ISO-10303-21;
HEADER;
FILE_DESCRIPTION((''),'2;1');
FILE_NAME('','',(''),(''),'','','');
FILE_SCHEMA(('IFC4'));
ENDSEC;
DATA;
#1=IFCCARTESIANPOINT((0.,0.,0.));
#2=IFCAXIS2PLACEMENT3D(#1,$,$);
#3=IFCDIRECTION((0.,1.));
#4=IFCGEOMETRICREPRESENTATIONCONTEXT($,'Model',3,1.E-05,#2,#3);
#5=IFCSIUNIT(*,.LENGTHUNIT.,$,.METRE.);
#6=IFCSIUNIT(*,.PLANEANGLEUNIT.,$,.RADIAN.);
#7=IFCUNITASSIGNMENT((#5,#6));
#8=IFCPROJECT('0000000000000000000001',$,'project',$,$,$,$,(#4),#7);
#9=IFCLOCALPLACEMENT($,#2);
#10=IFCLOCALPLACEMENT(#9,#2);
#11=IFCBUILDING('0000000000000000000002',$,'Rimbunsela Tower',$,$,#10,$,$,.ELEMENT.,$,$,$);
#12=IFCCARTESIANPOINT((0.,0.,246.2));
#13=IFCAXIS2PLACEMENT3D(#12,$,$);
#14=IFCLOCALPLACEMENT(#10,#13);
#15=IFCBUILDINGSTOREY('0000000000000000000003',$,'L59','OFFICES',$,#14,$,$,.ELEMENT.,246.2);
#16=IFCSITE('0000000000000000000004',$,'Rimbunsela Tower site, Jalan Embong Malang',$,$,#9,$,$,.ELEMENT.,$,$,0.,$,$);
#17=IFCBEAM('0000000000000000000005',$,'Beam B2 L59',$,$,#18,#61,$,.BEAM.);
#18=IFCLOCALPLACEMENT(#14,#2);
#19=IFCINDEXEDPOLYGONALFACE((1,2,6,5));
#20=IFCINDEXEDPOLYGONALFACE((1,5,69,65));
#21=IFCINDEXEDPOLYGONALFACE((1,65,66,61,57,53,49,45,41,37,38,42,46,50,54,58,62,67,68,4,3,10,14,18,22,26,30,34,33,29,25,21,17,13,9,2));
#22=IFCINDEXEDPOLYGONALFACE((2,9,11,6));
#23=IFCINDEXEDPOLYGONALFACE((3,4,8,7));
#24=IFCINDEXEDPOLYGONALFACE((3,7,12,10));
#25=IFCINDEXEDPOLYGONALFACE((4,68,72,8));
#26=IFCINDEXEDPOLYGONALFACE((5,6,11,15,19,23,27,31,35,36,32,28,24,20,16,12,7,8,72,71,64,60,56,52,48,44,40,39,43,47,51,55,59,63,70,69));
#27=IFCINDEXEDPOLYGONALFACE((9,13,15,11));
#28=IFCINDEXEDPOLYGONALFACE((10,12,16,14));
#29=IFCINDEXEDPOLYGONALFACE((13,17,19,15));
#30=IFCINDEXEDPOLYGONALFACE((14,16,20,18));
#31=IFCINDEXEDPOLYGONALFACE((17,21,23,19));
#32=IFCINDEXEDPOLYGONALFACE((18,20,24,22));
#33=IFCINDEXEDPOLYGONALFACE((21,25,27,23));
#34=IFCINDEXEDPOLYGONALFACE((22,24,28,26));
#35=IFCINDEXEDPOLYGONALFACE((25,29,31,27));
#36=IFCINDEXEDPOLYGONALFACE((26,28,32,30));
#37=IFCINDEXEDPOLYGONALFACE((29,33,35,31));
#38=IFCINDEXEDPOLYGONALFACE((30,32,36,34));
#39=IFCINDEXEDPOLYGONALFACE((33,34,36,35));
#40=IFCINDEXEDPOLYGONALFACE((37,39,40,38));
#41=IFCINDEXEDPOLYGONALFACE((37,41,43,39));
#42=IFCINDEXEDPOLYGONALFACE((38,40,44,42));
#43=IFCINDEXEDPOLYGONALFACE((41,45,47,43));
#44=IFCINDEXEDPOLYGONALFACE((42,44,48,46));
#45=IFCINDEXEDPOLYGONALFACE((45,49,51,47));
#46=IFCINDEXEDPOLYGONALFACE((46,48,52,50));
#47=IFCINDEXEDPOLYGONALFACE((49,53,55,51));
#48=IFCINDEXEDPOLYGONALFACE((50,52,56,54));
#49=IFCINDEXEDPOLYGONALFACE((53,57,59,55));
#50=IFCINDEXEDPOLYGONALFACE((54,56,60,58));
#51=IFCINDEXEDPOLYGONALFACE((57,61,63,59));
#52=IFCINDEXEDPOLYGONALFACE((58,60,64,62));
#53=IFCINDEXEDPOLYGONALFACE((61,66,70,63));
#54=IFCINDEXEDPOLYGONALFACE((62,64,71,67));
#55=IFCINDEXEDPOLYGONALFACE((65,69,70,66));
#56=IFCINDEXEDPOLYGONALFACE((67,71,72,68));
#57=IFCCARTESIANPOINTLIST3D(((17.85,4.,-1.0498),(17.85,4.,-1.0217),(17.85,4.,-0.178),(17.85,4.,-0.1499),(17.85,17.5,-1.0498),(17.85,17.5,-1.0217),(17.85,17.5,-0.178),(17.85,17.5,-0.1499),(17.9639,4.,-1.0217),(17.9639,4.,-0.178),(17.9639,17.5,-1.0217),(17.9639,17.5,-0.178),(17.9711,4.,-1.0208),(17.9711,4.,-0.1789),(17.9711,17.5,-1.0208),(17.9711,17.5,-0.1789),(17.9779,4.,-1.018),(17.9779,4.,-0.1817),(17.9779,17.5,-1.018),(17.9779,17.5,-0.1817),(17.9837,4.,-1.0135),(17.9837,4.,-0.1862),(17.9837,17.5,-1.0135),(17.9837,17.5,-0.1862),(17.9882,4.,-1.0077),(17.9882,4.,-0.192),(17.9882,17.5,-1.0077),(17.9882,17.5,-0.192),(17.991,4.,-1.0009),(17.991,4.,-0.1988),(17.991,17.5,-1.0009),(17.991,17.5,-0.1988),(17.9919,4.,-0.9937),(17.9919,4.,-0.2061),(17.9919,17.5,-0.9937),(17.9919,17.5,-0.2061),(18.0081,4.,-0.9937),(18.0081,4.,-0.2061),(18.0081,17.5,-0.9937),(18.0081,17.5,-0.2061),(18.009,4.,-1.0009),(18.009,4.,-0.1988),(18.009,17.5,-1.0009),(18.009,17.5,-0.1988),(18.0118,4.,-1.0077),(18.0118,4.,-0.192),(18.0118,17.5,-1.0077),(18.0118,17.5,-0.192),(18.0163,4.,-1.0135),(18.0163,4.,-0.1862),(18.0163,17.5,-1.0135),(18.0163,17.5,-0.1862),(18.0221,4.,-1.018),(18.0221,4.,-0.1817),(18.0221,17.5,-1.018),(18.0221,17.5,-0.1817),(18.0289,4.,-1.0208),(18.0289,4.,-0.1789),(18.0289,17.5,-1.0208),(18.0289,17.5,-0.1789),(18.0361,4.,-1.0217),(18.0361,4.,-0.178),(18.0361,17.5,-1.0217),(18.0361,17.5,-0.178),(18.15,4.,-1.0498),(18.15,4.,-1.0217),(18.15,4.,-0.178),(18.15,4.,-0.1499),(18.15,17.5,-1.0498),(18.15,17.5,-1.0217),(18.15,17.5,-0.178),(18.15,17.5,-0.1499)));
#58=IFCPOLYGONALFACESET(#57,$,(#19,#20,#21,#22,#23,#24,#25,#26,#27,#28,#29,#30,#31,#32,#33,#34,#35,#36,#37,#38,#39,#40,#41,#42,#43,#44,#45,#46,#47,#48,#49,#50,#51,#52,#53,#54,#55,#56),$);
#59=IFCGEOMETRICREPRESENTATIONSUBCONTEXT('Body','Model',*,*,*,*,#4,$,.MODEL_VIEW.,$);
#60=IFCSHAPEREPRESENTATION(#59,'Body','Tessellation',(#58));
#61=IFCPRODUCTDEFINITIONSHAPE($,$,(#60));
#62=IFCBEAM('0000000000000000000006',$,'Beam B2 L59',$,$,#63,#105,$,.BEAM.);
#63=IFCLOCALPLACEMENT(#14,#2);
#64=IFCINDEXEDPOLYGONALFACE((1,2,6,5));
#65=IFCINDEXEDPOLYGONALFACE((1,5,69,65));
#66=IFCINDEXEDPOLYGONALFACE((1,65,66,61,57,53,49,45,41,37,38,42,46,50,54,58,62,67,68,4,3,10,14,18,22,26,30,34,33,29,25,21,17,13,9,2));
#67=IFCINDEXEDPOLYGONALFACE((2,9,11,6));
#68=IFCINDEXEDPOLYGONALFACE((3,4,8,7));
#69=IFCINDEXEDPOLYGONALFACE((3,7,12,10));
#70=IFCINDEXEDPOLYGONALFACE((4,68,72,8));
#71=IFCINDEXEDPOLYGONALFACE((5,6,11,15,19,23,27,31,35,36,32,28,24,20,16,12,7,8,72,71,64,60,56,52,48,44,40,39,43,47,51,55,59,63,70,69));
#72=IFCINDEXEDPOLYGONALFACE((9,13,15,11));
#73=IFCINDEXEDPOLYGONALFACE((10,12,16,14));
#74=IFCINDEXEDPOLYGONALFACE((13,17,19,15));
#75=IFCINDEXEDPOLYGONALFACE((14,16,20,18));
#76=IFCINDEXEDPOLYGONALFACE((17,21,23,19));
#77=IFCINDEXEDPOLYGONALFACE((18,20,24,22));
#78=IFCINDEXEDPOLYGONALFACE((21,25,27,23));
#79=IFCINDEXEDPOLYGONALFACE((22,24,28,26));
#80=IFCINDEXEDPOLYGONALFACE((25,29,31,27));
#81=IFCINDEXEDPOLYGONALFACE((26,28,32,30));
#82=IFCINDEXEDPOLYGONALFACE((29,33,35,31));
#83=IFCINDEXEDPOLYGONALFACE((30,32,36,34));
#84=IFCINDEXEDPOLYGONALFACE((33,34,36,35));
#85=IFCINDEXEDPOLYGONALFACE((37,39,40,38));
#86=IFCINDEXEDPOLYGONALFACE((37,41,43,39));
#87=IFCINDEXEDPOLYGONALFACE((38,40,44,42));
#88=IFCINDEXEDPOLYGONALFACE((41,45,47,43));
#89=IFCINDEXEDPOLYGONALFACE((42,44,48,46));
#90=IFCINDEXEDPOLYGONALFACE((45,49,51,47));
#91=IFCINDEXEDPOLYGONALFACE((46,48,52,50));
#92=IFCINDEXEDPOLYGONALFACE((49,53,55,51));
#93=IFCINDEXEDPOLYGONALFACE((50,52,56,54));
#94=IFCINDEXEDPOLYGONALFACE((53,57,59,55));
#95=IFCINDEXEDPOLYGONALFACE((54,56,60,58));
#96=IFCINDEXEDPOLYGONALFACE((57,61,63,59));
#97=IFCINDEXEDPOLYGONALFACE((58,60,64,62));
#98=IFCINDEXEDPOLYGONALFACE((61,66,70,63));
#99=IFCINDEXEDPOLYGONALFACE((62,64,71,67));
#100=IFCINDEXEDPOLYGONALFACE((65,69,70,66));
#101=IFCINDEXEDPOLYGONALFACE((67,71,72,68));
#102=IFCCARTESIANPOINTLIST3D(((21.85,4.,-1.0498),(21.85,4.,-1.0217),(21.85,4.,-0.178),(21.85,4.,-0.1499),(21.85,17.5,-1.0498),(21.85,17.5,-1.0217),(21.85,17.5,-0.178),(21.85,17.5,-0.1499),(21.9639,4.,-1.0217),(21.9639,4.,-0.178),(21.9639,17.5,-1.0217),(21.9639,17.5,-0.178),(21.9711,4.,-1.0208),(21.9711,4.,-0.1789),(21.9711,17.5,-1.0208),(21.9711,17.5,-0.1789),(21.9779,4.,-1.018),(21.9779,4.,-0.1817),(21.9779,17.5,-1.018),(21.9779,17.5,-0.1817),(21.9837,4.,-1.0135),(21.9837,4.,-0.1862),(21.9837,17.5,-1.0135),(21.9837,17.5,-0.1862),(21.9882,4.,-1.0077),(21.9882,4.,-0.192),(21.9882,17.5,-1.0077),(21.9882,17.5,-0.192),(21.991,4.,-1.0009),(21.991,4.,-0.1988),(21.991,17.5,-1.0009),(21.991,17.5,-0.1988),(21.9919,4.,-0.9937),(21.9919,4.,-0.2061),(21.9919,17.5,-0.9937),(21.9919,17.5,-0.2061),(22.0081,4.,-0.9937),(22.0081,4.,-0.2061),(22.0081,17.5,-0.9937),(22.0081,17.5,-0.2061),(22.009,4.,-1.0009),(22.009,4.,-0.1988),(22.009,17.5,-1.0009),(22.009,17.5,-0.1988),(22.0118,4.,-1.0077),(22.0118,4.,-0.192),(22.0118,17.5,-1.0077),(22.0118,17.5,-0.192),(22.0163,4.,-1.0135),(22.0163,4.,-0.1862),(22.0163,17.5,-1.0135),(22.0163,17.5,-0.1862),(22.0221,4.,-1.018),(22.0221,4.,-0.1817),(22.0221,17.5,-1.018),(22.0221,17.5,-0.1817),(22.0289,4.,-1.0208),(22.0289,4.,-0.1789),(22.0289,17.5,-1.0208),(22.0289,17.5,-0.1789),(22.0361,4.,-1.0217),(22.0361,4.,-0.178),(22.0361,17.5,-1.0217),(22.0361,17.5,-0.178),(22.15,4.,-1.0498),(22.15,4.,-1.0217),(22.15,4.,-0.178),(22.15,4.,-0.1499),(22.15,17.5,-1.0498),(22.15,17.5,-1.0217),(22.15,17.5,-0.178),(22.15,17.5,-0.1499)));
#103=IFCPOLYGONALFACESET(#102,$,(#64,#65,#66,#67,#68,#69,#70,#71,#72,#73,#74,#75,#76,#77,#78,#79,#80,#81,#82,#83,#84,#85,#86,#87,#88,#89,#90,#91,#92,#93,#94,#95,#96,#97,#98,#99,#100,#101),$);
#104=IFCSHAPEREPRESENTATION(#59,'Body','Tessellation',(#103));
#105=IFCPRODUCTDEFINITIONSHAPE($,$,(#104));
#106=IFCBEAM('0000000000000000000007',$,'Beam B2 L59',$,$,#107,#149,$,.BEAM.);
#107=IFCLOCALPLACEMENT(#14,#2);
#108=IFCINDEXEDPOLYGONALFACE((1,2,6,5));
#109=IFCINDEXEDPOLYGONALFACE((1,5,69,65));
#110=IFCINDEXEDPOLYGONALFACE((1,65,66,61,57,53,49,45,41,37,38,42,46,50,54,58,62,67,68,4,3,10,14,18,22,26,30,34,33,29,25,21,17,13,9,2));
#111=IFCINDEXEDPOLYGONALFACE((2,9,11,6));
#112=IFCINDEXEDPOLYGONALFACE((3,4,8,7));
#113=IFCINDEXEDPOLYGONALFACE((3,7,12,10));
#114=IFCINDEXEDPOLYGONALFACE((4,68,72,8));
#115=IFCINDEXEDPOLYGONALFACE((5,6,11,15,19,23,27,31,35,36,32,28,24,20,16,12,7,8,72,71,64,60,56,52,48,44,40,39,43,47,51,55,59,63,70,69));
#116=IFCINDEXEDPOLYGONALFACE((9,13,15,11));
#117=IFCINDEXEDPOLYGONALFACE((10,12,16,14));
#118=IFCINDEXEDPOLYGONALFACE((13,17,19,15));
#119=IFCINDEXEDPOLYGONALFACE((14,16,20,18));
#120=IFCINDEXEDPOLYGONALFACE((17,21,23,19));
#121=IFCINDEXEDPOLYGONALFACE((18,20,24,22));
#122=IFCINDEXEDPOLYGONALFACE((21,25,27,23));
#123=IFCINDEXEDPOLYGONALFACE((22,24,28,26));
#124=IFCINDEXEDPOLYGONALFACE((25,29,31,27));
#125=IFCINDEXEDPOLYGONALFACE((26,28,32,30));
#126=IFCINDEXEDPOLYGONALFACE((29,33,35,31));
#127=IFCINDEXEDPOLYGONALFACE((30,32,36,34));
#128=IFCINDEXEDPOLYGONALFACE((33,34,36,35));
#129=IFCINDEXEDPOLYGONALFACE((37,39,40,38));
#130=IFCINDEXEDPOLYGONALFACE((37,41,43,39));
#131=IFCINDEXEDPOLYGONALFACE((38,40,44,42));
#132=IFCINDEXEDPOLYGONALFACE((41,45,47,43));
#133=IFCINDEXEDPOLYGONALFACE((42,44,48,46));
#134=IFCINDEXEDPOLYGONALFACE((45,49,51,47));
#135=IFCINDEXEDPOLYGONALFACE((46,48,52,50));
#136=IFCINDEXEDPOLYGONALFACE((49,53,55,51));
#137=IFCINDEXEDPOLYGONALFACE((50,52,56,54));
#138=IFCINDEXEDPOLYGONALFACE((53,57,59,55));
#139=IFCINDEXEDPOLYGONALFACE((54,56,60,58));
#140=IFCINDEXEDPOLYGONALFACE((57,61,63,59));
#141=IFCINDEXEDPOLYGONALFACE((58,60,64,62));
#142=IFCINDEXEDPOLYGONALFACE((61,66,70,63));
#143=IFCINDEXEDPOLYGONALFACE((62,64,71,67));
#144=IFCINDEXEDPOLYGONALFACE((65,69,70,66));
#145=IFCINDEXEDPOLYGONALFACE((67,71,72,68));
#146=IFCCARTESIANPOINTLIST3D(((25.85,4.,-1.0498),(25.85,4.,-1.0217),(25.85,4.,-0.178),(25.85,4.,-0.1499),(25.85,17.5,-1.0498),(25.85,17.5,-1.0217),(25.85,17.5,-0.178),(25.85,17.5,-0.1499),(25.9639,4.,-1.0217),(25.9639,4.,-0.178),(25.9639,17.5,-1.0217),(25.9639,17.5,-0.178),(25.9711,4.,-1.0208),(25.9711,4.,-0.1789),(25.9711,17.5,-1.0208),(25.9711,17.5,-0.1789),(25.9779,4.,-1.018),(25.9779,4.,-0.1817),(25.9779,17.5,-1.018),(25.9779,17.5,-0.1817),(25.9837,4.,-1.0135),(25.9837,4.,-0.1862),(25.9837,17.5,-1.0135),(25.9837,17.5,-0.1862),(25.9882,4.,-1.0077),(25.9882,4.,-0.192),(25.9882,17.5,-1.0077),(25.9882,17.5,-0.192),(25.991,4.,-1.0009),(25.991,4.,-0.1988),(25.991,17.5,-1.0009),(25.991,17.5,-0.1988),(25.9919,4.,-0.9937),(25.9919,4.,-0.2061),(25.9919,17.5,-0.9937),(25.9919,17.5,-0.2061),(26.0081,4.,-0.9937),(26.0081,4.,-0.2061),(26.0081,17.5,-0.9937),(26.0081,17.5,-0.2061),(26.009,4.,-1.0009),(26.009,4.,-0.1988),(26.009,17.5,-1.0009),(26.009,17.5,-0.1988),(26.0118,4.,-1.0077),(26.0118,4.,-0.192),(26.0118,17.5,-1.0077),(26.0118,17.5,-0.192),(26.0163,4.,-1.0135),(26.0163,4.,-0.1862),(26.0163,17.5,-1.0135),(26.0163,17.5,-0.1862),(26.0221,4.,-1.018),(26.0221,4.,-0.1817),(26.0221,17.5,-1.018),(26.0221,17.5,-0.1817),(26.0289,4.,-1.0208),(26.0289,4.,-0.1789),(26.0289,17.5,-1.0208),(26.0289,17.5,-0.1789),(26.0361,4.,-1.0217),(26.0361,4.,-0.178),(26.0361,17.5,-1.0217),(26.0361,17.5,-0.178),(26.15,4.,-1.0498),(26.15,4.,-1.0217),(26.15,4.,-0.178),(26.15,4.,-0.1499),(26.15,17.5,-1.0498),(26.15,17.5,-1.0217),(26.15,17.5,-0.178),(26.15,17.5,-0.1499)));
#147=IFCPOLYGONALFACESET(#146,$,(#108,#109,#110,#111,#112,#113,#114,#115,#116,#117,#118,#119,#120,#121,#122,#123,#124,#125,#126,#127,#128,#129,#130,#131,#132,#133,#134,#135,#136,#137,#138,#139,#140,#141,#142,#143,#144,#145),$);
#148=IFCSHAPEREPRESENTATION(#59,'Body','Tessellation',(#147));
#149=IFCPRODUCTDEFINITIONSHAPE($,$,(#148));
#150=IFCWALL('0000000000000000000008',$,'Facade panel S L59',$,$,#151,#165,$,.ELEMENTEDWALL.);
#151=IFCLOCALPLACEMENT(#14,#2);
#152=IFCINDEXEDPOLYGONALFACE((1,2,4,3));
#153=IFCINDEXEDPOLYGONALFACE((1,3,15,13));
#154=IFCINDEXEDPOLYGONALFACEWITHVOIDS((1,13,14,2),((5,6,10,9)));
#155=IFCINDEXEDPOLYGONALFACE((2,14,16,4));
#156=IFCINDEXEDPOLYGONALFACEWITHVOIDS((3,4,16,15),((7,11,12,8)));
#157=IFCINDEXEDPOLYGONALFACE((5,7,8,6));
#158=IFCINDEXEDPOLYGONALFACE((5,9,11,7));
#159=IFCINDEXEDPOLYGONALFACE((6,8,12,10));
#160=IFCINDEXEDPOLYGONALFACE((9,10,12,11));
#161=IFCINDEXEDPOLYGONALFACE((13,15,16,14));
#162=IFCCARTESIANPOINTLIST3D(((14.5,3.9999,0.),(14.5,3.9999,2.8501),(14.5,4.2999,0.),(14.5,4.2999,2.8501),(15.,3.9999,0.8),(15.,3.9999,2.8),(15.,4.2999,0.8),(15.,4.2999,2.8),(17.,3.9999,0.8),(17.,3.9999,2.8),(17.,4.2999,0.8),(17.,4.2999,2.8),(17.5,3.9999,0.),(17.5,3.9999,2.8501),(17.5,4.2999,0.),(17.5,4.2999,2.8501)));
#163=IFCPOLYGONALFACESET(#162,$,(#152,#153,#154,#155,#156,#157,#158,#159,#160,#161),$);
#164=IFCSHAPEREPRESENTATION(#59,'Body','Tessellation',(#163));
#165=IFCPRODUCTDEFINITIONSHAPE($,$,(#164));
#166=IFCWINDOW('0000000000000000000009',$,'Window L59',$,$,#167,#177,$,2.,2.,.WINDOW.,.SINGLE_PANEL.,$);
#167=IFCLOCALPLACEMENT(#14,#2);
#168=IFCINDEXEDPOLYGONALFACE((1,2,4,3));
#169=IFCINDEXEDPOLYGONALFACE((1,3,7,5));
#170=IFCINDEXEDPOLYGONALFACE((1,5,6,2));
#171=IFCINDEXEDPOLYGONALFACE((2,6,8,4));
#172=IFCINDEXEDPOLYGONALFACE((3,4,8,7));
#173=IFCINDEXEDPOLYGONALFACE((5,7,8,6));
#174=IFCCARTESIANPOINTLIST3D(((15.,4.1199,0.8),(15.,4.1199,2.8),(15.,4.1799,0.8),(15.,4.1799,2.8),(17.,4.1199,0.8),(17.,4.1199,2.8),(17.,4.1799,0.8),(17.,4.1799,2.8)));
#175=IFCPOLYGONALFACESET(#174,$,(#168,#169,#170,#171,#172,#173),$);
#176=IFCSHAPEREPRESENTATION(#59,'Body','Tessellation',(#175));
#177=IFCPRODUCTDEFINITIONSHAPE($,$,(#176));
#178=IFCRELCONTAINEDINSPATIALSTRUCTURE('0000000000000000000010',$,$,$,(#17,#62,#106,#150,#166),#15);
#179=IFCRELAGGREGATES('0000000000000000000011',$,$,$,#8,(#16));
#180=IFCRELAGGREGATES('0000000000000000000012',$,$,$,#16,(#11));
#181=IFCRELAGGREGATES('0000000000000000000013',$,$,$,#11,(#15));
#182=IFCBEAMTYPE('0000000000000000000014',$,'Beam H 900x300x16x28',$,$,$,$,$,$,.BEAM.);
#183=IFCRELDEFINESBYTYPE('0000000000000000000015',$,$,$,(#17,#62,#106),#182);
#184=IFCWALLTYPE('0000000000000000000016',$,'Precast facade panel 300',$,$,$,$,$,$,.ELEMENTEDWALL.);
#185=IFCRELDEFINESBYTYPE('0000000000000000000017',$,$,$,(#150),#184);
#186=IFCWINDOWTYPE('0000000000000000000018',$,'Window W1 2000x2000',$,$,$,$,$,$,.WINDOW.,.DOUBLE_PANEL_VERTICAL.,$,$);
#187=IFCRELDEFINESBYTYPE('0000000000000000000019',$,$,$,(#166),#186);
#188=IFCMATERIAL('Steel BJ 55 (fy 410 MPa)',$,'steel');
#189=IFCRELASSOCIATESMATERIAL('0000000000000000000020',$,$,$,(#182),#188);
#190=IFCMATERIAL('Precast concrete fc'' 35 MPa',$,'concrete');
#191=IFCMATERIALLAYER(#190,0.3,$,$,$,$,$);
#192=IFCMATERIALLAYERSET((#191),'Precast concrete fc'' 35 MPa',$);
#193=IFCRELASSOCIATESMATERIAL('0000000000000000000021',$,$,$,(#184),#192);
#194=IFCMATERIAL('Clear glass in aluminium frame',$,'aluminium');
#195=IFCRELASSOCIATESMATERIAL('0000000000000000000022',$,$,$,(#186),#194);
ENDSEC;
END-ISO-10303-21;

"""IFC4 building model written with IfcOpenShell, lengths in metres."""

from ifc_helpers import new_model, si_unit, direction, frame, frame_2d, origin, origin_2d, place, context, subcontext, project, spatial, rectangle, i_section, extrude, material, layer, layer_set, material_profile, profile_set, type_object, element, fill, save


model = new_model("IFC4")

# Units and contexts
model_context = context("Model", 3, precision=1e-05, world=origin(), true_north=direction((0.0, 1.0)))
body_context = subcontext(model_context, "Body", "Model", "MODEL_VIEW")
ifc_project = project(units=[si_unit("LENGTHUNIT", "METRE"), si_unit("PLANEANGLEUNIT", "RADIAN")], contexts=[model_context])

# Site, building, storey
site_placement = place(None, origin())
site = spatial("IfcSite", under=ifc_project, at=site_placement, Name="Rimbunsela Tower site, Jalan Embong Malang", CompositionType="ELEMENT", RefElevation=0.0)
building_placement = place(site_placement, origin())
building = spatial("IfcBuilding", under=site, at=building_placement, Name="Rimbunsela Tower", CompositionType="ELEMENT")
storey_placement = place(building_placement, frame((0.0, 0.0, 246.2)))
storey = spatial("IfcBuildingStorey", under=building, at=storey_placement, Name="L59", Description="OFFICES", CompositionType="ELEMENT", Elevation=246.2)

# Beams
ifc_material_1 = material(Name="Steel BJ 55 (fy 410 MPa)", Category="steel")
ifc_material_profile_1 = material_profile(ifc_material_1, i_section(OverallWidth=0.3, OverallDepth=0.8999, WebThickness=0.0161, FlangeThickness=0.0281, FilletRadius=0.0281, at=origin_2d()), Name="H 900x300x16x28")
ifc_profile_set_1 = profile_set([ifc_material_profile_1], Name="Steel BJ 55 (fy 410 MPa)")
beam_type_1 = type_object("IfcBeamType", Name="Beam H 900x300x16x28", PredefinedType="BEAM", material=ifc_profile_set_1)
for number, where, z_axis, x_axis, name in (
    (1, (18.0, 4.0, -0.5999), (0.0, 1.0, 0.0), (-1.0, 0.0, 0.0), "Beam B2 L59"),
    (2, (22.0, 4.0, -0.5999), (0.0, 1.0, 0.0), (-1.0, 0.0, 0.0), "Beam B2 L59"),
    (3, (26.0, 4.0, -0.5999), (0.0, 1.0, 0.0), (-1.0, 0.0, 0.0), "Beam B2 L59"),
):
    element("IfcBeam", number, at=place(storey_placement, frame(where, z_axis=z_axis, x_axis=x_axis)), inside=storey, type_object=beam_type_1, Name=name, PredefinedType="BEAM", context=body_context, shape_type="SweptSolid", body=[
        extrude(i_section(OverallWidth=0.3, OverallDepth=0.8999, WebThickness=0.0161, FlangeThickness=0.0281, FilletRadius=0.0281, at=origin_2d()), origin(), (0.0, 0.0, 1.0), 13.5),
    ])

# Wall, opening, window
ifc_material_2 = material(Name="Precast concrete fc' 35 MPa", Category="concrete")
ifc_layer_1 = layer(ifc_material_2, 0.3)
ifc_layer_set_1 = layer_set([ifc_layer_1], Name="Precast concrete fc' 35 MPa")
wall_type_1 = type_object("IfcWallType", Name="Precast facade panel 300", PredefinedType="ELEMENTEDWALL", material=ifc_layer_set_1)
wall_1_placement = place(storey_placement, frame((14.5, 4.1499, 0.0), z_axis=(0.0, 0.0, 1.0), x_axis=(1.0, 0.0, 0.0)))
wall_1 = element("IfcWall", 4, at=wall_1_placement, inside=storey, type_object=wall_type_1, Name="Facade panel S L59", PredefinedType="ELEMENTEDWALL", context=body_context, shape_type="SweptSolid", body=[
    extrude(rectangle(XDim=3.0, YDim=0.3, at=frame_2d((1.5, 0.0))), origin(), (0.0, 0.0, 1.0), 2.8501),
])
opening_1_placement = place(wall_1_placement, frame((0.5, 0.0, 0.8)))
opening_1 = element("IfcOpeningElement", 5, at=opening_1_placement, cuts=wall_1, PredefinedType="OPENING", context=body_context, shape_type="SweptSolid", body=[
    extrude(rectangle(XDim=2.0, YDim=2.0, at=frame_2d((1.0, 1.0))), frame((0.0, 0.1599, 0.0), z_axis=(0.0, -1.0, 0.0), x_axis=(1.0, 0.0, 0.0)), (0.0, 0.0, 1.0), 0.3201),
])
ifc_material_3 = material(Name="Clear glass in aluminium frame", Category="aluminium")
window_type = type_object("IfcWindowType", Name="Window W1 2000x2000", PartitioningType="DOUBLE_PANEL_VERTICAL", PredefinedType="WINDOW", material=ifc_material_3)
window_1_placement = place(opening_1_placement, origin())
window_1 = element("IfcWindow", 6, at=window_1_placement, inside=storey, type_object=window_type, Name="Window L59", OverallHeight=2.0, OverallWidth=2.0, PartitioningType="SINGLE_PANEL", PredefinedType="WINDOW", context=body_context, shape_type="SweptSolid", body=[
    extrude(rectangle(XDim=2.0, YDim=2.0, at=frame_2d((1.0, 1.0))), frame((0.0, 0.03, 0.0), z_axis=(0.0, -1.0, 0.0), x_axis=(1.0, 0.0, 0.0)), (0.0, 0.0, 1.0), 0.0601),
])
fill(opening_1, window_1)

save(model, "model.ifc")
